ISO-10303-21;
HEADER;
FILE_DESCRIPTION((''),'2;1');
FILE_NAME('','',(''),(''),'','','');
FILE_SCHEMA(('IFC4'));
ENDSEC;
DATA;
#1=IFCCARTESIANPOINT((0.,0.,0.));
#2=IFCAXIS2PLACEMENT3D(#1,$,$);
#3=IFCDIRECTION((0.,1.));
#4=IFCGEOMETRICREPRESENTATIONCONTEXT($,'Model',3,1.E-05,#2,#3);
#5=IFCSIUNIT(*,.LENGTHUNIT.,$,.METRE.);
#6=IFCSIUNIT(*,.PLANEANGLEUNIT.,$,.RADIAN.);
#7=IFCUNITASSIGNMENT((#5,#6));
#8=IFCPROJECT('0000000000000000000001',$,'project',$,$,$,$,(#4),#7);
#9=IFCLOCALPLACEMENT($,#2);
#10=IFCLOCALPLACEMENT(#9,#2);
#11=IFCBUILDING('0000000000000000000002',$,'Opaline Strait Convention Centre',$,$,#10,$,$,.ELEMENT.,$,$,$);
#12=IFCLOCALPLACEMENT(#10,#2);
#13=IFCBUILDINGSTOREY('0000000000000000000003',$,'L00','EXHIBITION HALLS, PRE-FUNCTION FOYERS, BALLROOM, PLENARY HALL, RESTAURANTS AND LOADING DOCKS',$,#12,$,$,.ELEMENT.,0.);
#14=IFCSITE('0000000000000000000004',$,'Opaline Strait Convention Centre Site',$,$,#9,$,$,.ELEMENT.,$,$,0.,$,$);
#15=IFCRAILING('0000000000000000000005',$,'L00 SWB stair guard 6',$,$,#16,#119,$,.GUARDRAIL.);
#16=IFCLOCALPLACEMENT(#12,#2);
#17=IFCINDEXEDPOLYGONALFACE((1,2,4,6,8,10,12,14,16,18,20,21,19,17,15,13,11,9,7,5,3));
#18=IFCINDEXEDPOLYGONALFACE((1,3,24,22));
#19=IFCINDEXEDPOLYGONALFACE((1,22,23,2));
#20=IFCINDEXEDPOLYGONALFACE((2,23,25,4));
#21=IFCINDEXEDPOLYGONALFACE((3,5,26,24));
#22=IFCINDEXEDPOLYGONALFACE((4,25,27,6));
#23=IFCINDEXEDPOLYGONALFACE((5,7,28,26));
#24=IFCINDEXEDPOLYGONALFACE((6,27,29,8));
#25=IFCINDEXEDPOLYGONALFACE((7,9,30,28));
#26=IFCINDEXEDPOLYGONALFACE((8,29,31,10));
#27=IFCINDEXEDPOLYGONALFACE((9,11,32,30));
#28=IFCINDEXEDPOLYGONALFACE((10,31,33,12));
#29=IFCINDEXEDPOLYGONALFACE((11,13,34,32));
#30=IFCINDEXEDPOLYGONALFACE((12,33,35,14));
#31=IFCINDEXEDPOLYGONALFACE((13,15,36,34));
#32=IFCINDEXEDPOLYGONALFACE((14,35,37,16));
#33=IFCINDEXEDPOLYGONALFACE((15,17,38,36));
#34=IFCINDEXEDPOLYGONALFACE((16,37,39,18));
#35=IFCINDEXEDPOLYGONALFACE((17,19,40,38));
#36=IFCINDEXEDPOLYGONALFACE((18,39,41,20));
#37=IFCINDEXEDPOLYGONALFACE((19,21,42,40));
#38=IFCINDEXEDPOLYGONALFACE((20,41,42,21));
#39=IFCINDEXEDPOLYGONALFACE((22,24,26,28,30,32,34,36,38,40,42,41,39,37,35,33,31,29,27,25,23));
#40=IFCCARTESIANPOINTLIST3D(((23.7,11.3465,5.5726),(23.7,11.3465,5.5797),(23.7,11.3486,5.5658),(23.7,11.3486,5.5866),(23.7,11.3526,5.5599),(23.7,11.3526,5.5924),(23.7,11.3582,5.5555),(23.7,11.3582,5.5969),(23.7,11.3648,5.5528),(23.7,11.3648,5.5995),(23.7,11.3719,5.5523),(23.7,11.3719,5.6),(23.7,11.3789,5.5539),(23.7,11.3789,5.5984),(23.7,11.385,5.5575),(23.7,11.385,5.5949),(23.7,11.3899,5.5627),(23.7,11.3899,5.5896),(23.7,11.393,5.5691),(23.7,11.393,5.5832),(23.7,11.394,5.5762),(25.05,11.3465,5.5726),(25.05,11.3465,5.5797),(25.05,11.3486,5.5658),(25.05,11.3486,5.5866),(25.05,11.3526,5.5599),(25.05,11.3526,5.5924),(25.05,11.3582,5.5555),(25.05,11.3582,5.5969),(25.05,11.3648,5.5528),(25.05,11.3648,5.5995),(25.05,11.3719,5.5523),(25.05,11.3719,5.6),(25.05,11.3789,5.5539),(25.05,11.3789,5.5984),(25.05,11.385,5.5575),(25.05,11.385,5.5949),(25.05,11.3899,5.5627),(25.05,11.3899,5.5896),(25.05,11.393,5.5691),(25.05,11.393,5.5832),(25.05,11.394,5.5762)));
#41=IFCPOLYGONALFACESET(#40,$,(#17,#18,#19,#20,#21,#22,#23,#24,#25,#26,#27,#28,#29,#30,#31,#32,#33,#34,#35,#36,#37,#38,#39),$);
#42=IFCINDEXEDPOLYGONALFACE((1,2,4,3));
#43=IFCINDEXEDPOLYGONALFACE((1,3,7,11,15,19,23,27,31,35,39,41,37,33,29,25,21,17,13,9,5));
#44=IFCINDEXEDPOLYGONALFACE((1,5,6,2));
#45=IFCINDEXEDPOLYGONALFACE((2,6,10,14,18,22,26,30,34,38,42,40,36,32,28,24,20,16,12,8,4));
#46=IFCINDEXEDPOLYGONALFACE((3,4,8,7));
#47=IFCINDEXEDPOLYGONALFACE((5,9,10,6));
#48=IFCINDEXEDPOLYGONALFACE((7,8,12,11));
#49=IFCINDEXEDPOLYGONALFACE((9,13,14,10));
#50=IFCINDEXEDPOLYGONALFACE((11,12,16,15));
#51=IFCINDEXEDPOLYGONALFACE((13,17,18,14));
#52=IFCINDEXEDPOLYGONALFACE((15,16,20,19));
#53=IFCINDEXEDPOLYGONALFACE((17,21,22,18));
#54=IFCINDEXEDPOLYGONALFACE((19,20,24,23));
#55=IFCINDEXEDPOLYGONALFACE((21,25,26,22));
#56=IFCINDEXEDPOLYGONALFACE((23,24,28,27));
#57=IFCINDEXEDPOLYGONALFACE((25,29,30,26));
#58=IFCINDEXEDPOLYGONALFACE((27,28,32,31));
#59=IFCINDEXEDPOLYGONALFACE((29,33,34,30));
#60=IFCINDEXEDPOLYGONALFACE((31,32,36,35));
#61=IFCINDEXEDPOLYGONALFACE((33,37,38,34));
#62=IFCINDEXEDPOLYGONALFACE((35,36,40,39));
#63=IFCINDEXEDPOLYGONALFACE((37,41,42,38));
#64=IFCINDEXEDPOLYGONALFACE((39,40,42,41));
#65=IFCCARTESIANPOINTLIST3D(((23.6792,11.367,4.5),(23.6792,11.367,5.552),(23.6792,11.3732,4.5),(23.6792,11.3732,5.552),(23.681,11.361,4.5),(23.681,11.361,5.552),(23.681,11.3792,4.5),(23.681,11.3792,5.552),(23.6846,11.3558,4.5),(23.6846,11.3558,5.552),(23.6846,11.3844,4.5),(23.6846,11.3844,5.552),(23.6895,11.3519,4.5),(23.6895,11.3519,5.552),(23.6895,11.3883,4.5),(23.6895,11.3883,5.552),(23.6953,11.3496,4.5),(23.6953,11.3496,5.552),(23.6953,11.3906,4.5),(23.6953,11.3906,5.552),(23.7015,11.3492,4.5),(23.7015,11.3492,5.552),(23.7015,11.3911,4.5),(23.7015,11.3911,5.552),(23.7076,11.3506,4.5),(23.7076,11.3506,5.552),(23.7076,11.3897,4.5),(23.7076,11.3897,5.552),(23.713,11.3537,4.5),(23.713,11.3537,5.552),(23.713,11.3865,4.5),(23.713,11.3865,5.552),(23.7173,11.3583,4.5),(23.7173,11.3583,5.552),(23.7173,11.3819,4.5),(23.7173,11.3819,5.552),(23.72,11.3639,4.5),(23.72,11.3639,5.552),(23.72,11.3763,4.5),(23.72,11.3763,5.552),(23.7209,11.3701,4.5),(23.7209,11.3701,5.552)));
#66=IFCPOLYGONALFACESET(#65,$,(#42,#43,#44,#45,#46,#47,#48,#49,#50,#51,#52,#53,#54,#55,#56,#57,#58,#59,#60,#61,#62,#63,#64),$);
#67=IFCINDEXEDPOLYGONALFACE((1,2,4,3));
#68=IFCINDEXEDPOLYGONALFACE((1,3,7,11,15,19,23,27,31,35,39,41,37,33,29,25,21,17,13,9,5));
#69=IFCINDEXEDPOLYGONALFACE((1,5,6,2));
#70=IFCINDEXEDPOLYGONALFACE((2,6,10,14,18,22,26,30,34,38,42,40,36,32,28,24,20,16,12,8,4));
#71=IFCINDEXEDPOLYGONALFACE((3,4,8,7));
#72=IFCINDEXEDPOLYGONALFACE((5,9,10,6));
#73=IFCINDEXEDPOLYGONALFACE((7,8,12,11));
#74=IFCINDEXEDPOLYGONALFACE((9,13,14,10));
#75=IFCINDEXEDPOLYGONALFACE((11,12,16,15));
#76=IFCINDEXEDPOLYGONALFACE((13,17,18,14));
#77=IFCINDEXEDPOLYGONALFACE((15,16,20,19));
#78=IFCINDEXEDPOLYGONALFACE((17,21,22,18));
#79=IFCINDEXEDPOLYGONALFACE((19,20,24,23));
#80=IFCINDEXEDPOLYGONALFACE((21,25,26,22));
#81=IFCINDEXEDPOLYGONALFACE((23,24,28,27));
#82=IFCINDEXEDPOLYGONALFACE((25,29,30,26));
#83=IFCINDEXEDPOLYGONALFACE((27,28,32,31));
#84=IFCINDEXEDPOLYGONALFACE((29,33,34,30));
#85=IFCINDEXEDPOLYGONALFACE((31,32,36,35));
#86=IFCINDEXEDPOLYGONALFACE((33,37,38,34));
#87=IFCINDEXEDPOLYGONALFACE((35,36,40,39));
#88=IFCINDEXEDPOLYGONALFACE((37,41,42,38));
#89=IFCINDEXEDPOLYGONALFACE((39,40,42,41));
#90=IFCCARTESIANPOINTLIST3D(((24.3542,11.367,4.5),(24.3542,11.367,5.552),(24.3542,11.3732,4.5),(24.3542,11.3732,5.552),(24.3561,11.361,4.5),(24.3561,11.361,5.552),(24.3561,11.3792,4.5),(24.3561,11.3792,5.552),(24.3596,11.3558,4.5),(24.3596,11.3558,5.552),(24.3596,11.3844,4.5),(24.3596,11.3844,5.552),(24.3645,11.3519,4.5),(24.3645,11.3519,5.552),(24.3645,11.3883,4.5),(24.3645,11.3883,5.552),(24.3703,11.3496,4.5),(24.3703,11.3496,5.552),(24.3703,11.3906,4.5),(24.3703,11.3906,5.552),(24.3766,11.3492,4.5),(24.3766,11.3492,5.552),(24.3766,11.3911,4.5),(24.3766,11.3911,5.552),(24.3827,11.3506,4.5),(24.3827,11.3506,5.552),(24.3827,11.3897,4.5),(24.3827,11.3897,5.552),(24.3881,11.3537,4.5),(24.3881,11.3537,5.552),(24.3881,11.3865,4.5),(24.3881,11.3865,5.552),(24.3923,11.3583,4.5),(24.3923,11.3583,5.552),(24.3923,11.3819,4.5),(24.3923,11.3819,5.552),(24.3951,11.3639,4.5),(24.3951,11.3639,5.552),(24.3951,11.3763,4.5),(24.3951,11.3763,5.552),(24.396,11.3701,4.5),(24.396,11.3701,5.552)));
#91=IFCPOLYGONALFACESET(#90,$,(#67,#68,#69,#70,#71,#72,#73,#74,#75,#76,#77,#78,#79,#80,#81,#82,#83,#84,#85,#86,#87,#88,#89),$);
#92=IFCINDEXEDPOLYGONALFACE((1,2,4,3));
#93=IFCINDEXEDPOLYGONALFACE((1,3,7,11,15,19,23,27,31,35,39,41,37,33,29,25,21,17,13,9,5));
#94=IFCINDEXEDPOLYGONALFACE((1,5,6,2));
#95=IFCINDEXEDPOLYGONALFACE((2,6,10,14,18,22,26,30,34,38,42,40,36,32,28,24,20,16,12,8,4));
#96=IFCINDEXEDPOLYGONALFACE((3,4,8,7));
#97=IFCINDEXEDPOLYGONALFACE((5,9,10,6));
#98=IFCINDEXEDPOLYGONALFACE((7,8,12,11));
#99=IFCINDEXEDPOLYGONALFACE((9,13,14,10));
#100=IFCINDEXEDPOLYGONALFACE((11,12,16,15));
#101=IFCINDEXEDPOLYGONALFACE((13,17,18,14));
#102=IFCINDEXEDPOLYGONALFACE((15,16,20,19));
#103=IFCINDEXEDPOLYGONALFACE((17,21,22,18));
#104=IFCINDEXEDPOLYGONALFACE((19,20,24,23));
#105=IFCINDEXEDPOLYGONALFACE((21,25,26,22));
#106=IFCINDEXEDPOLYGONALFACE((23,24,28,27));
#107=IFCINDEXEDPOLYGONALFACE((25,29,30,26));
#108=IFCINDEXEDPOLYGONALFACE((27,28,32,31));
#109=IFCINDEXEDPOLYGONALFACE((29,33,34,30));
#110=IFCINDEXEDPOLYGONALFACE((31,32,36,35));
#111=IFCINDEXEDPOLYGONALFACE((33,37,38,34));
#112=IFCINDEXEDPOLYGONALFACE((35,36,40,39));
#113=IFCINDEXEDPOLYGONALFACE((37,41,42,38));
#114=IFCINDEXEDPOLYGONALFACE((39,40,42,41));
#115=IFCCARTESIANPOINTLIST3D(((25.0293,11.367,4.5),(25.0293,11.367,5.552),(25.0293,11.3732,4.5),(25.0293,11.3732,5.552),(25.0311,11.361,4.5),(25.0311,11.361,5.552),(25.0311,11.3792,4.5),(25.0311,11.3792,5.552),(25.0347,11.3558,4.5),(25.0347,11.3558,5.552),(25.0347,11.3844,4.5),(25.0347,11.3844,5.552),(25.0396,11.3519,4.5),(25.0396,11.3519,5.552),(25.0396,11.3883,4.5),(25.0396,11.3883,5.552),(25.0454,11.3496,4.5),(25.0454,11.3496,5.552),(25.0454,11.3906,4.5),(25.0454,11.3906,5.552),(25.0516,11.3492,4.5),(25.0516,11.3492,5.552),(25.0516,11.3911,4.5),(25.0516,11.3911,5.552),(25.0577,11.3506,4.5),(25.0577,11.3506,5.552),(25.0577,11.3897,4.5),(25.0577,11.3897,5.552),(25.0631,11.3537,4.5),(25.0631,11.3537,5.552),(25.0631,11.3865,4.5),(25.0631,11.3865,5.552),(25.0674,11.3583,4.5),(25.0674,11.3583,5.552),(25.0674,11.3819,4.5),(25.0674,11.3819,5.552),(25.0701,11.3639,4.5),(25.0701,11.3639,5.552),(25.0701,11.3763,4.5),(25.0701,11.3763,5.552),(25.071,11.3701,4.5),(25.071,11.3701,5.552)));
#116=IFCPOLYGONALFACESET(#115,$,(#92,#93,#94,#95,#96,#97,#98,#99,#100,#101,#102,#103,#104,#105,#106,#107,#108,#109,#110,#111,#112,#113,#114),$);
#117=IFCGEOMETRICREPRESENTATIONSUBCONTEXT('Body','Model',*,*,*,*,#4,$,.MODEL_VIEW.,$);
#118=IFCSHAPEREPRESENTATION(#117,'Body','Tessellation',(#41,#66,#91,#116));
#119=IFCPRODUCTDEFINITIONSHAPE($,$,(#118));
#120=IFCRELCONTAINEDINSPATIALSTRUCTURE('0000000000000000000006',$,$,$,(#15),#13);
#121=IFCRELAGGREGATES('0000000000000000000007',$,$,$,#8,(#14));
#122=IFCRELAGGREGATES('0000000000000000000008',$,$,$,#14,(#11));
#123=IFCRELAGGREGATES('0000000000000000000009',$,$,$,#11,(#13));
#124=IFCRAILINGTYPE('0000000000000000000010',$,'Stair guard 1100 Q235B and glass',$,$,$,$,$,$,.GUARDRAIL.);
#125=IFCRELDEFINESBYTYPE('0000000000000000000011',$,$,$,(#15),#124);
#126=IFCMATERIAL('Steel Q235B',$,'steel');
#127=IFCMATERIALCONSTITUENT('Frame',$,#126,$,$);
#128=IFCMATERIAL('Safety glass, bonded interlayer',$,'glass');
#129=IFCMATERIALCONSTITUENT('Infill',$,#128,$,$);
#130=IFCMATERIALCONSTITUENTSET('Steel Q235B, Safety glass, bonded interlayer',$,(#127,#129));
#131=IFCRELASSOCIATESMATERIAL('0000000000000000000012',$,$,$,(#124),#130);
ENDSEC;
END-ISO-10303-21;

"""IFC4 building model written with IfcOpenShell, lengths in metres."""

from ifc_helpers import new_model, si_unit, direction, frame, origin, origin_2d, place, context, subcontext, project, spatial, circle, extrude, material, constituent, constituent_set, type_object, element, save


model = new_model("IFC4")

# Units and contexts
model_context = context("Model", 3, precision=1e-05, world=origin(), true_north=direction((0.0, 1.0)))
body_context = subcontext(model_context, "Body", "Model", "MODEL_VIEW")
ifc_project = project(units=[si_unit("LENGTHUNIT", "METRE"), si_unit("PLANEANGLEUNIT", "RADIAN")], contexts=[model_context])

# Site, building, storey
site_placement = place(None, origin())
site = spatial("IfcSite", under=ifc_project, at=site_placement, Name="Opaline Strait Convention Centre Site", CompositionType="ELEMENT", RefElevation=0.0)
building_placement = place(site_placement, origin())
building = spatial("IfcBuilding", under=site, at=building_placement, Name="Opaline Strait Convention Centre", CompositionType="ELEMENT")
storey_placement = place(building_placement, origin())
storey = spatial("IfcBuildingStorey", under=building, at=storey_placement, Name="L00", Description="EXHIBITION HALLS, PRE-FUNCTION FOYERS, BALLROOM, PLENARY HALL, RESTAURANTS AND LOADING DOCKS", CompositionType="ELEMENT", Elevation=0.0)

# Railing
ifc_material_1 = material(Name="Steel Q235B", Category="steel")
ifc_constituent_1 = constituent(ifc_material_1, Name="Frame")
ifc_material_2 = material(Name="Safety glass, bonded interlayer", Category="glass")
ifc_constituent_2 = constituent(ifc_material_2, Name="Infill")
ifc_constituent_set = constituent_set(constituents=[ifc_constituent_1, ifc_constituent_2], Name="Steel Q235B, Safety glass, bonded interlayer")
railing_type_1 = type_object("IfcRailingType", Name="Stair guard 1100 Q235B and glass", PredefinedType="GUARDRAIL", material=ifc_constituent_set)
railing_1_placement = place(storey_placement, frame((23.7, 11.3701, 4.5)))
element("IfcRailing", 1, at=railing_1_placement, inside=storey, type_object=railing_type_1, Name="L00 SWB stair guard 6", PredefinedType="GUARDRAIL", context=body_context, shape_type="SweptSolid", body=[
    extrude(circle(Radius=0.0239, at=origin_2d()), frame((0.0, 0.0, 1.0762), z_axis=(1.0, 0.0, 0.0), x_axis=(0.0, 1.0, 0.0)), (0.0, 0.0, 1.0), 1.3501),
    extrude(circle(Radius=0.021, at=origin_2d()), origin(), (0.0, 0.0, 1.0), 1.052),
    extrude(circle(Radius=0.021, at=origin_2d()), frame((0.675, 0.0, 0.0)), (0.0, 0.0, 1.0), 1.052),
    extrude(circle(Radius=0.021, at=origin_2d()), frame((1.3501, 0.0, 0.0)), (0.0, 0.0, 1.0), 1.052),
])

save(model, "model.ifc")
